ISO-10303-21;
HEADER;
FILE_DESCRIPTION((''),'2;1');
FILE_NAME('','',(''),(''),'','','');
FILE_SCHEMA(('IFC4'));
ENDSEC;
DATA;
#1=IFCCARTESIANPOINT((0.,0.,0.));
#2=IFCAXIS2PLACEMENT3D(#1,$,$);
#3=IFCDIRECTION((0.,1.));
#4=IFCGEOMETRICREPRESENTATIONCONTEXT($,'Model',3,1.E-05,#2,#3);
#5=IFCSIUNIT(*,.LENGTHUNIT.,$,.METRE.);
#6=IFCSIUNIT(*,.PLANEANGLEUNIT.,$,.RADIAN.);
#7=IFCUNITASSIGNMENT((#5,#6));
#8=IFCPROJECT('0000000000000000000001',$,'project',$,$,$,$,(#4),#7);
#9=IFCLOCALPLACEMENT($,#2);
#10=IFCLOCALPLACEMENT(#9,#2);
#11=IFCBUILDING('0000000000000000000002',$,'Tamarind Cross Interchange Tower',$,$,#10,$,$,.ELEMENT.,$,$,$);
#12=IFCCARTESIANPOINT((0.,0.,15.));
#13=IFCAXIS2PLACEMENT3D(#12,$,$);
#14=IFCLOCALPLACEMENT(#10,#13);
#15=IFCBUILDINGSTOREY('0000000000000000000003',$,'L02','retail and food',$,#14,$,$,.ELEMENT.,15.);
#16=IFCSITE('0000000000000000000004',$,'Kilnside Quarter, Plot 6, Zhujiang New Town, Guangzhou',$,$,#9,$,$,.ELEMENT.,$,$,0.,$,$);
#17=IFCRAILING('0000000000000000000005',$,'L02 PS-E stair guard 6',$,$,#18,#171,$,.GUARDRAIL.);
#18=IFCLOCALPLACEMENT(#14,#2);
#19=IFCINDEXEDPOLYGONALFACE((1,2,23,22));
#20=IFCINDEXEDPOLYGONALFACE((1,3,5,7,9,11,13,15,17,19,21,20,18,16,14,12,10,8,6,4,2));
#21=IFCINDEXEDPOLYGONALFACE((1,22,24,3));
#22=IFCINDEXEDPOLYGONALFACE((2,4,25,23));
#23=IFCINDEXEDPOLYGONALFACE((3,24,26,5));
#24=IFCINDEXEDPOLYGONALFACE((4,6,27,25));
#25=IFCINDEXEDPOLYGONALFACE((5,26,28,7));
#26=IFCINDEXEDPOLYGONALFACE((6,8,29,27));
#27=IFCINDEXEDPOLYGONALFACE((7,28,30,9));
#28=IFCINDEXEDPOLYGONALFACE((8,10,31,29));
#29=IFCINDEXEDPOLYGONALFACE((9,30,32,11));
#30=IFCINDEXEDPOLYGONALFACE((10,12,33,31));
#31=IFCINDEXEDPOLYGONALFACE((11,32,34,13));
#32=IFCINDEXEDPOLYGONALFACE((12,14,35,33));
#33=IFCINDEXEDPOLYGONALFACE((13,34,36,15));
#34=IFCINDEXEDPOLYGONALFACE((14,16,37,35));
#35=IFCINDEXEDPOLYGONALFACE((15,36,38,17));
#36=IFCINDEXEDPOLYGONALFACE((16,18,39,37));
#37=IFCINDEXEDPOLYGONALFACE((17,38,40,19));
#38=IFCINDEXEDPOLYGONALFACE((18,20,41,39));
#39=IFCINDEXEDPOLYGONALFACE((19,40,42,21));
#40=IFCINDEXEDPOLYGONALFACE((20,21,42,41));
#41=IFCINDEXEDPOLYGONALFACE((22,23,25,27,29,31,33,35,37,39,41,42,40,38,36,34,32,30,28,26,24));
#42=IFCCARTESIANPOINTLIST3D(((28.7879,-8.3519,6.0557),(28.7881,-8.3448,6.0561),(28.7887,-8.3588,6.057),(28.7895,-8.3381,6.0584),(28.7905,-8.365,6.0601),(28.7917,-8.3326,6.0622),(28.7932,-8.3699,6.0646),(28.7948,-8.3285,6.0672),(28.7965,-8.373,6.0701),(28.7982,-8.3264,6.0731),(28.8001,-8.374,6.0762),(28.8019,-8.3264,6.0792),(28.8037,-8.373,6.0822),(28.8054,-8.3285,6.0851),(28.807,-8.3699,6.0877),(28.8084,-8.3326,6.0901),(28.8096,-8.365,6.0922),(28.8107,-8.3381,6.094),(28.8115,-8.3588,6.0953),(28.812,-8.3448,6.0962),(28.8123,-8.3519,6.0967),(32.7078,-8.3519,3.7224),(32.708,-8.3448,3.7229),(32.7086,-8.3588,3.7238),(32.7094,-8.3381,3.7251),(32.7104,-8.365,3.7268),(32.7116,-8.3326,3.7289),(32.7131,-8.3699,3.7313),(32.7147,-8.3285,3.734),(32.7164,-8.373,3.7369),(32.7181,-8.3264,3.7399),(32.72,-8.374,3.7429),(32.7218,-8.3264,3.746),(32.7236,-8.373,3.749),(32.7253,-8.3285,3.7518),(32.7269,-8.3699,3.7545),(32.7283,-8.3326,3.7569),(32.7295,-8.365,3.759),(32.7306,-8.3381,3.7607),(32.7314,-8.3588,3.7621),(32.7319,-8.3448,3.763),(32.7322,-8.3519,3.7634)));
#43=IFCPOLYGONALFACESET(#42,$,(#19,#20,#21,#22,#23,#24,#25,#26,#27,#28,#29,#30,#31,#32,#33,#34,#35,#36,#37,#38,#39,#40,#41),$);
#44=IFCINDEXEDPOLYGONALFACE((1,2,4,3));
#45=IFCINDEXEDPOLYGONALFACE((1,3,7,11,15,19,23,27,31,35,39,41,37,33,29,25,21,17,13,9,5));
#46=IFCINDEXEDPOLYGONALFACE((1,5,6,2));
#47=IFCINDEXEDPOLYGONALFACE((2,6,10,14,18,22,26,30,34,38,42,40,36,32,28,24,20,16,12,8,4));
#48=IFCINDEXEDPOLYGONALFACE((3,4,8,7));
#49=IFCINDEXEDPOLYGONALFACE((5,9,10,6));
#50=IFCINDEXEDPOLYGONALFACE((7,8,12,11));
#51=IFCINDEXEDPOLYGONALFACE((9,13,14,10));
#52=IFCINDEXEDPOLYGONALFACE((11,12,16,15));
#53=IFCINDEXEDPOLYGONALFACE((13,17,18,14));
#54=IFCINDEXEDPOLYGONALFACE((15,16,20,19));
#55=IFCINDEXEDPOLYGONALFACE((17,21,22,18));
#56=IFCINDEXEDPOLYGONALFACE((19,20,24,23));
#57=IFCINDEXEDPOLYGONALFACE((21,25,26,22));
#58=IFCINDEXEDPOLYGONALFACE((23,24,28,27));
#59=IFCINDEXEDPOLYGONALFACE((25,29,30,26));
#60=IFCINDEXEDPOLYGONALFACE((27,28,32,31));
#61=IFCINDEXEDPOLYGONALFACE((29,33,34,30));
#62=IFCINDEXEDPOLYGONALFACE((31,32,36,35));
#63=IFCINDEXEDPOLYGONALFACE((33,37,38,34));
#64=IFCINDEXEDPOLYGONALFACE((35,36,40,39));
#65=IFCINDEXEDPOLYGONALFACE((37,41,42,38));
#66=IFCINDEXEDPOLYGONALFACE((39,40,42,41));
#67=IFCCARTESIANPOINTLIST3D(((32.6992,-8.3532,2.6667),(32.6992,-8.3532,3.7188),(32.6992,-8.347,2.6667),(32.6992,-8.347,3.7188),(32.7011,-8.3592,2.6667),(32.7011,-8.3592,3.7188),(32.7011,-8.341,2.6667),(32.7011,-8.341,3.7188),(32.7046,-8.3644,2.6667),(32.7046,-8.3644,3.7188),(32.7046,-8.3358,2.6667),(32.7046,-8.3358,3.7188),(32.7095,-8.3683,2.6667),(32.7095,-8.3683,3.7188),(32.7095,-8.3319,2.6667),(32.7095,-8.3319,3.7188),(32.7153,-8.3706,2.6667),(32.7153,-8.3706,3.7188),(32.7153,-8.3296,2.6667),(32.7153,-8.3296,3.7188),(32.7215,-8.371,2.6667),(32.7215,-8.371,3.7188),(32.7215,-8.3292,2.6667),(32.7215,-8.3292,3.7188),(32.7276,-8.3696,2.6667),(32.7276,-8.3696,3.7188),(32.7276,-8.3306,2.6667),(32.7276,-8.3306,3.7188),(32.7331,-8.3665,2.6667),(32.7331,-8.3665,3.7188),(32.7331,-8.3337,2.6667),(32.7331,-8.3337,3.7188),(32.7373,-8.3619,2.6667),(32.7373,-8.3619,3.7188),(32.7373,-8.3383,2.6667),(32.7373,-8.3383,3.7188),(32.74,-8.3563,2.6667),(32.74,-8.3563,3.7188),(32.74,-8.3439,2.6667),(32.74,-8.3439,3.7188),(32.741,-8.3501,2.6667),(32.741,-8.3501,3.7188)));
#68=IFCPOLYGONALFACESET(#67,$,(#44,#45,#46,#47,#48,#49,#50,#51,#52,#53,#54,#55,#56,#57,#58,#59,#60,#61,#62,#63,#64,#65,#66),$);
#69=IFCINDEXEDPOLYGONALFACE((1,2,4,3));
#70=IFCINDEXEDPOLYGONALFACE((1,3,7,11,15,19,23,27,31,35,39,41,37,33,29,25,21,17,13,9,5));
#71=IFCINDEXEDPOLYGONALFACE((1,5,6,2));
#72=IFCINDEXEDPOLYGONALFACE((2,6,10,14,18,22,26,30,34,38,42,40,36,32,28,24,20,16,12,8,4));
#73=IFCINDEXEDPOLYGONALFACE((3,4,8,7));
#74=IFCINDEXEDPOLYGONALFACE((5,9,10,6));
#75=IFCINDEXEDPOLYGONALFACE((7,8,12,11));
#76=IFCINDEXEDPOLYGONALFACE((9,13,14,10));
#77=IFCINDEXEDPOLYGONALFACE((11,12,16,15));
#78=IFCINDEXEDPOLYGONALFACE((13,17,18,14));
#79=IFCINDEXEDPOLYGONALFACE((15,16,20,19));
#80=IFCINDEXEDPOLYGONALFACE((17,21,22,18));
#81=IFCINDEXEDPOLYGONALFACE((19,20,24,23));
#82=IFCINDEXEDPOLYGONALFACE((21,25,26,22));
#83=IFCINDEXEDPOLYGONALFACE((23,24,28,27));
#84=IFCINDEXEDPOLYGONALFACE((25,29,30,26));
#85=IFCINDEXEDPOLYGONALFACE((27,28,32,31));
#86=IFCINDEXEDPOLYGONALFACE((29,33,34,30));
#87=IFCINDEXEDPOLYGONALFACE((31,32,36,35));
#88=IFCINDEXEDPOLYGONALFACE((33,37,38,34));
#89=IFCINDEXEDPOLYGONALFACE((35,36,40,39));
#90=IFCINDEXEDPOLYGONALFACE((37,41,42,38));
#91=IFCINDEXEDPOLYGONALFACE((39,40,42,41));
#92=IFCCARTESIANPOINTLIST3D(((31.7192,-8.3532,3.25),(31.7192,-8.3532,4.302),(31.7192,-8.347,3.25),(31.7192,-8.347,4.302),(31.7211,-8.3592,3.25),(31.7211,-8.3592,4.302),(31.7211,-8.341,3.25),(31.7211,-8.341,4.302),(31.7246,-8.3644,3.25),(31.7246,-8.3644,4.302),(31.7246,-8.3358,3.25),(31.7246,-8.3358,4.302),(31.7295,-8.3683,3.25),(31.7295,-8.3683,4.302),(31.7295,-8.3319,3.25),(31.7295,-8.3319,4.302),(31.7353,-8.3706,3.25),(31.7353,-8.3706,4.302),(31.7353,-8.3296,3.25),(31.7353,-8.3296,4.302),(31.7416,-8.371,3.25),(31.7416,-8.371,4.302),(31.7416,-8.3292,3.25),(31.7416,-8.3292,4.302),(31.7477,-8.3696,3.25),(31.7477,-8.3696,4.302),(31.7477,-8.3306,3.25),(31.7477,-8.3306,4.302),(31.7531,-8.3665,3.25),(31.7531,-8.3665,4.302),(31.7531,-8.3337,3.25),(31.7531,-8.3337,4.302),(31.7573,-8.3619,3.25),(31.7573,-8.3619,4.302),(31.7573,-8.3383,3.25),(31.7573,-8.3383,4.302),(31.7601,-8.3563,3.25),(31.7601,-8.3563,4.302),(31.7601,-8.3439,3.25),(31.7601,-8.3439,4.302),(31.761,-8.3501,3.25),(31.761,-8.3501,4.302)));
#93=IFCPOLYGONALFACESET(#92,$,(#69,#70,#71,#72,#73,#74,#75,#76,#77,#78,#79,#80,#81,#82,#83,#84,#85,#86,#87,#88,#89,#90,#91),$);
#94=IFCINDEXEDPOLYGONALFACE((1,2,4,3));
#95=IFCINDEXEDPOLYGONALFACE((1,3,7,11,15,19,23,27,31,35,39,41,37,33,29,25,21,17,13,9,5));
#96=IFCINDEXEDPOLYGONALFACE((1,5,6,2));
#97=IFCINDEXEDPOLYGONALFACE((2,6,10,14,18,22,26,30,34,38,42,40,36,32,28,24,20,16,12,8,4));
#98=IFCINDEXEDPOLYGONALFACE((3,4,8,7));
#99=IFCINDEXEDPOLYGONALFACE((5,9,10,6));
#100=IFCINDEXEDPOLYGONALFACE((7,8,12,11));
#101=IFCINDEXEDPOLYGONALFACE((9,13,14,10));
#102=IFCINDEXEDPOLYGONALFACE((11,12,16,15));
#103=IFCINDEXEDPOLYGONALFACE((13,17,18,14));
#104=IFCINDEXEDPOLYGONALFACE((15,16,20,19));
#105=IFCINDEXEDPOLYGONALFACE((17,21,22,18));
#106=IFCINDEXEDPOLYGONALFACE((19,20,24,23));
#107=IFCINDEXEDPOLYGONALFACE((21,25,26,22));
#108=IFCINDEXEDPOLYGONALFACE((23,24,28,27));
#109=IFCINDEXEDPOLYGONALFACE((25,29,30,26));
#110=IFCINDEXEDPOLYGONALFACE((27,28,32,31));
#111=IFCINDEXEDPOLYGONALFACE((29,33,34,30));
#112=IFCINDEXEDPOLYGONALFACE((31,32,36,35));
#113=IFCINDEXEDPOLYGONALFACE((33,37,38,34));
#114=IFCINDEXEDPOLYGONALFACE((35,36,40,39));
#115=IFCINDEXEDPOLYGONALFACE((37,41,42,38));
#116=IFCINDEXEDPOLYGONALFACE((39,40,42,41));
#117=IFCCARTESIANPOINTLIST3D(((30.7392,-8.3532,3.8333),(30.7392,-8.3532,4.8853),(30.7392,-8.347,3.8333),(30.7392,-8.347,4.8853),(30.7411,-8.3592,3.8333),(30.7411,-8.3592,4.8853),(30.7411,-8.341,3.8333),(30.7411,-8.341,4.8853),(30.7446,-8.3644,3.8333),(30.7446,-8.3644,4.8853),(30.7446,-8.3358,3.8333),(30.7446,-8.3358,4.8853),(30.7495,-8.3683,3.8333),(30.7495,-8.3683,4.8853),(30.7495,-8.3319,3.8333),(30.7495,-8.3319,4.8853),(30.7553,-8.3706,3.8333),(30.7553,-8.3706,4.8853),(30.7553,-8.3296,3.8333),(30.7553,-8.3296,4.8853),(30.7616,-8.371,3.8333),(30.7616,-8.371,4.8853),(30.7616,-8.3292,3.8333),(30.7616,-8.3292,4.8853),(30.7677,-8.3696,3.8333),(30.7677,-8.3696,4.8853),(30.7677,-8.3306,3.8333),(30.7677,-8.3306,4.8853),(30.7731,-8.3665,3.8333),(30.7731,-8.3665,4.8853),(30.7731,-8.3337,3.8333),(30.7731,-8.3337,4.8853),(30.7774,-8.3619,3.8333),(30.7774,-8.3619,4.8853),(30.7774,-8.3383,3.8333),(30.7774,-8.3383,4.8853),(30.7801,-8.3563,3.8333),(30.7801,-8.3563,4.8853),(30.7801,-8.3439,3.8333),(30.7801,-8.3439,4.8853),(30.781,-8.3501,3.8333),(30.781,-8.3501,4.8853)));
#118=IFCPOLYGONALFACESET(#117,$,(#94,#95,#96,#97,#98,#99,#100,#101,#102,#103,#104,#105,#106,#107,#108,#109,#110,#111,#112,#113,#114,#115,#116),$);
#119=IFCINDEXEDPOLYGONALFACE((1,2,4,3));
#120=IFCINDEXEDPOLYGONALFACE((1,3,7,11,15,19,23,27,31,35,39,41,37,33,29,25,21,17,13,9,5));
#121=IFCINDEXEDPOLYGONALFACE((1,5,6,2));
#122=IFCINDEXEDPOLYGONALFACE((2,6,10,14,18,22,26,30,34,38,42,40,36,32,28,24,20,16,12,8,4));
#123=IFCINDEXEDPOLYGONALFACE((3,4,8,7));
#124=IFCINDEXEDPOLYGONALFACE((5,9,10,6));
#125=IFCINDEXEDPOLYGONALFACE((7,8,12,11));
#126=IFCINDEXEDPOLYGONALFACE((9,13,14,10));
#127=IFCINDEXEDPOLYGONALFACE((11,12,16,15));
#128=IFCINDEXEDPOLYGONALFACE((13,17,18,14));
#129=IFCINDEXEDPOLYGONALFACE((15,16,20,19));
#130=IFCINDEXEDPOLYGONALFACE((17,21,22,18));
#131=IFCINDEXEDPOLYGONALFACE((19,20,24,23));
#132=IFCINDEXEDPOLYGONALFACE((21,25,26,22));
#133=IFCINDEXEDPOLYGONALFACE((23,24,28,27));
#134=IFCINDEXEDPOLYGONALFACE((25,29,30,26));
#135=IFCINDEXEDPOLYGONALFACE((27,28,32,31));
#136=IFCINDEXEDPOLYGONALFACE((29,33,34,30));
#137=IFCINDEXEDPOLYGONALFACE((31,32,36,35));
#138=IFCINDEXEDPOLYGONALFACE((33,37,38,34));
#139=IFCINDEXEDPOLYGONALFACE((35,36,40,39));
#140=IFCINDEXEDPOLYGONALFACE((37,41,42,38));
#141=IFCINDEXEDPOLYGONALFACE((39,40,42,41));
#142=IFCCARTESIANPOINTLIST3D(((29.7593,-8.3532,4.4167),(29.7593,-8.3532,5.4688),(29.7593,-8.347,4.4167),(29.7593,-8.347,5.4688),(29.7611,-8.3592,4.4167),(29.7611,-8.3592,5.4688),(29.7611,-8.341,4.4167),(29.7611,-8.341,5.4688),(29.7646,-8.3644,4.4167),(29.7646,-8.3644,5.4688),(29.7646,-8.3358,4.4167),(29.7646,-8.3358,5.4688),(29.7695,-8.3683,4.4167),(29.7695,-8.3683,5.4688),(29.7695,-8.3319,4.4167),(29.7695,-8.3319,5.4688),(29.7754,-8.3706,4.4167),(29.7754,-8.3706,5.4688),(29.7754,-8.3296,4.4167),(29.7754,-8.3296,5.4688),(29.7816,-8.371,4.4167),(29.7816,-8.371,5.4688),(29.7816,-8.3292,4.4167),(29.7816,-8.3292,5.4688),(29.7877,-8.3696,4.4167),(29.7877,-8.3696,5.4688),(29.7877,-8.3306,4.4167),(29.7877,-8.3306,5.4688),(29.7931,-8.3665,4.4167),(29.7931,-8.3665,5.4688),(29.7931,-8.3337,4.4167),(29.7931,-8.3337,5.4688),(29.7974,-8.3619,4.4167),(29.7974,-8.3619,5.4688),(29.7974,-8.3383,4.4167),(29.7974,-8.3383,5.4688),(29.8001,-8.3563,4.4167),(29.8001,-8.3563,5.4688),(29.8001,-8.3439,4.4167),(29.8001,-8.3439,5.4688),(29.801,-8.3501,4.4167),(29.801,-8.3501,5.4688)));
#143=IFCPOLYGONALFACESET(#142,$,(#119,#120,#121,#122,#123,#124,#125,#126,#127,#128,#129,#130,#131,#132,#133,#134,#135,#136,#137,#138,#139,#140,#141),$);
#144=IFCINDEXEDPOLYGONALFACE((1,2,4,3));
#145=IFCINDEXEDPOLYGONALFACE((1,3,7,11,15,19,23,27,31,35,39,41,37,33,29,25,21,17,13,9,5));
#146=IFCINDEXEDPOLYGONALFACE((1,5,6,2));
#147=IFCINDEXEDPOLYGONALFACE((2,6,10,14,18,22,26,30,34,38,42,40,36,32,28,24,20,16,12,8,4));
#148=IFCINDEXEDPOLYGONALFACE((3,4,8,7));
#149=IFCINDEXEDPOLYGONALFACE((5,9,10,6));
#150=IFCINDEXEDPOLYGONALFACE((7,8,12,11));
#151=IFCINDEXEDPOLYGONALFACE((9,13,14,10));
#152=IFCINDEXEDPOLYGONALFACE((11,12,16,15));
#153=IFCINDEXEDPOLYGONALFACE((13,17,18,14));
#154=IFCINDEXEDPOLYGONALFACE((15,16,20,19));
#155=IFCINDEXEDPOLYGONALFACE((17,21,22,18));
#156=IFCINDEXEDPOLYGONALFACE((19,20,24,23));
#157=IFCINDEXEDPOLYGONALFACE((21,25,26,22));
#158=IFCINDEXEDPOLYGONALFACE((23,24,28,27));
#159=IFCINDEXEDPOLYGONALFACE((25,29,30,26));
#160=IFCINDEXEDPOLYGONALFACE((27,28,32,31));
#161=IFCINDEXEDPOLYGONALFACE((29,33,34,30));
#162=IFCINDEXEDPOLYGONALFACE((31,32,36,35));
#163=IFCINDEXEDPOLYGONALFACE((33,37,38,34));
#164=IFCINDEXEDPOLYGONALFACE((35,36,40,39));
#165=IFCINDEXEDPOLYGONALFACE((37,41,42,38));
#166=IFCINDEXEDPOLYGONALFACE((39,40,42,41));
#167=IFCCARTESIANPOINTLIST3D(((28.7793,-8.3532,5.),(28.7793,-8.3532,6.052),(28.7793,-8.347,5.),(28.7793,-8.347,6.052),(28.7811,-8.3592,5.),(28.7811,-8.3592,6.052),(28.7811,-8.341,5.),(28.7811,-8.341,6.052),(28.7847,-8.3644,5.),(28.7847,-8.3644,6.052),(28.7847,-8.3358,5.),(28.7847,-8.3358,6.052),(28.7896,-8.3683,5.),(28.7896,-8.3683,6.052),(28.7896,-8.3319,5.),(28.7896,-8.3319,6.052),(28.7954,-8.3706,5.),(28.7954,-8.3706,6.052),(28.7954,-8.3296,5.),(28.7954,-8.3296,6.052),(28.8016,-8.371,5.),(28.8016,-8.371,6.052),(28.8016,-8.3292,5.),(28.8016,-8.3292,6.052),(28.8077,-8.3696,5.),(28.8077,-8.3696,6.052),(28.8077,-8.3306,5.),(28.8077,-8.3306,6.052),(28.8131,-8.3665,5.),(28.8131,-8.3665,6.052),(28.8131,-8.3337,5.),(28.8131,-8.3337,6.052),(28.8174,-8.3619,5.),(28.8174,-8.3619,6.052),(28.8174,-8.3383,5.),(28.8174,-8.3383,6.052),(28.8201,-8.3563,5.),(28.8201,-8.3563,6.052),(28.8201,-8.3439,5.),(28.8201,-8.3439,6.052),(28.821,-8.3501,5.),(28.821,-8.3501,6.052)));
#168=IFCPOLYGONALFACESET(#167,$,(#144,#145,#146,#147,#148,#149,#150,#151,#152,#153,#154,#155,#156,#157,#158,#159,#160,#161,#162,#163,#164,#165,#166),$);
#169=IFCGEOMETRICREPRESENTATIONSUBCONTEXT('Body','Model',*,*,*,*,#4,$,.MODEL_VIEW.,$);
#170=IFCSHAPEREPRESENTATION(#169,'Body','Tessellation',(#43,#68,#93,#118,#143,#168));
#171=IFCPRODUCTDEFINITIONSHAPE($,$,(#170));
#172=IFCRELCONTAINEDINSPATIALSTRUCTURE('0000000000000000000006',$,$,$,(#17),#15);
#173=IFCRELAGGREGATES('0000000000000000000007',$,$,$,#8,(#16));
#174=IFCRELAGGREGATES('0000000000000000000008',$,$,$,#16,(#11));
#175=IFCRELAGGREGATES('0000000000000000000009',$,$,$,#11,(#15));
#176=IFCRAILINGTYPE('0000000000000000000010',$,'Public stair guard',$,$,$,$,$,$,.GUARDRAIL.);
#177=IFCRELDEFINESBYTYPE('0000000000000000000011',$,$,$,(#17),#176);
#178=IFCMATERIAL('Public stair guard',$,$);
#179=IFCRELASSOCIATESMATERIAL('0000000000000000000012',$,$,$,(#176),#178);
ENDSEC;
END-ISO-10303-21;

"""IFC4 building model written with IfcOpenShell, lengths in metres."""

from ifc_helpers import new_model, si_unit, direction, frame, origin, origin_2d, place, context, subcontext, project, spatial, circle, extrude, material, type_object, element, save


model = new_model("IFC4")

# Units and contexts
model_context = context("Model", 3, precision=1e-05, world=origin(), true_north=direction((0.0, 1.0)))
body_context = subcontext(model_context, "Body", "Model", "MODEL_VIEW")
ifc_project = project(units=[si_unit("LENGTHUNIT", "METRE"), si_unit("PLANEANGLEUNIT", "RADIAN")], contexts=[model_context])

# Site, building, storey
site_placement = place(None, origin())
site = spatial("IfcSite", under=ifc_project, at=site_placement, Name="Kilnside Quarter, Plot 6, Zhujiang New Town, Guangzhou", CompositionType="ELEMENT", RefElevation=0.0)
building_placement = place(site_placement, origin())
building = spatial("IfcBuilding", under=site, at=building_placement, Name="Tamarind Cross Interchange Tower", CompositionType="ELEMENT")
storey_placement = place(building_placement, frame((0.0, 0.0, 15.0)))
storey = spatial("IfcBuildingStorey", under=building, at=storey_placement, Name="L02", Description="retail and food", CompositionType="ELEMENT", Elevation=15.0)

# Railing
ifc_material_1 = material(Name="Public stair guard")
railing_type_1 = type_object("IfcRailingType", Name="Public stair guard", PredefinedType="GUARDRAIL", material=ifc_material_1)
railing_1_placement = place(storey_placement, frame((32.72, -8.3501, 2.6667)))
element("IfcRailing", 1, at=railing_1_placement, inside=storey, type_object=railing_type_1, Name="L02 PS-E stair guard 6", PredefinedType="GUARDRAIL", context=body_context, shape_type="SweptSolid", body=[
    extrude(circle(Radius=0.0239, at=origin_2d()), frame((0.0, 0.0, 1.0762), z_axis=(-0.859296, 0.0, 0.511478), x_axis=(0.0, -1.0, 0.0)), (0.0, 0.0, 1.0), 4.5618),
    extrude(circle(Radius=0.021, at=origin_2d()), origin(), (0.0, 0.0, 1.0), 1.052),
    extrude(circle(Radius=0.021, at=origin_2d()), frame((-0.98, 0.0, 0.5833)), (0.0, 0.0, 1.0), 1.052),
    extrude(circle(Radius=0.021, at=origin_2d()), frame((-1.96, 0.0, 1.1665)), (0.0, 0.0, 1.0), 1.052),
    extrude(circle(Radius=0.021, at=origin_2d()), frame((-2.9399, 0.0, 1.75)), (0.0, 0.0, 1.0), 1.052),
    extrude(circle(Radius=0.021, at=origin_2d()), frame((-3.9199, 0.0, 2.3333)), (0.0, 0.0, 1.0), 1.052),
])

save(model, "model.ifc")
